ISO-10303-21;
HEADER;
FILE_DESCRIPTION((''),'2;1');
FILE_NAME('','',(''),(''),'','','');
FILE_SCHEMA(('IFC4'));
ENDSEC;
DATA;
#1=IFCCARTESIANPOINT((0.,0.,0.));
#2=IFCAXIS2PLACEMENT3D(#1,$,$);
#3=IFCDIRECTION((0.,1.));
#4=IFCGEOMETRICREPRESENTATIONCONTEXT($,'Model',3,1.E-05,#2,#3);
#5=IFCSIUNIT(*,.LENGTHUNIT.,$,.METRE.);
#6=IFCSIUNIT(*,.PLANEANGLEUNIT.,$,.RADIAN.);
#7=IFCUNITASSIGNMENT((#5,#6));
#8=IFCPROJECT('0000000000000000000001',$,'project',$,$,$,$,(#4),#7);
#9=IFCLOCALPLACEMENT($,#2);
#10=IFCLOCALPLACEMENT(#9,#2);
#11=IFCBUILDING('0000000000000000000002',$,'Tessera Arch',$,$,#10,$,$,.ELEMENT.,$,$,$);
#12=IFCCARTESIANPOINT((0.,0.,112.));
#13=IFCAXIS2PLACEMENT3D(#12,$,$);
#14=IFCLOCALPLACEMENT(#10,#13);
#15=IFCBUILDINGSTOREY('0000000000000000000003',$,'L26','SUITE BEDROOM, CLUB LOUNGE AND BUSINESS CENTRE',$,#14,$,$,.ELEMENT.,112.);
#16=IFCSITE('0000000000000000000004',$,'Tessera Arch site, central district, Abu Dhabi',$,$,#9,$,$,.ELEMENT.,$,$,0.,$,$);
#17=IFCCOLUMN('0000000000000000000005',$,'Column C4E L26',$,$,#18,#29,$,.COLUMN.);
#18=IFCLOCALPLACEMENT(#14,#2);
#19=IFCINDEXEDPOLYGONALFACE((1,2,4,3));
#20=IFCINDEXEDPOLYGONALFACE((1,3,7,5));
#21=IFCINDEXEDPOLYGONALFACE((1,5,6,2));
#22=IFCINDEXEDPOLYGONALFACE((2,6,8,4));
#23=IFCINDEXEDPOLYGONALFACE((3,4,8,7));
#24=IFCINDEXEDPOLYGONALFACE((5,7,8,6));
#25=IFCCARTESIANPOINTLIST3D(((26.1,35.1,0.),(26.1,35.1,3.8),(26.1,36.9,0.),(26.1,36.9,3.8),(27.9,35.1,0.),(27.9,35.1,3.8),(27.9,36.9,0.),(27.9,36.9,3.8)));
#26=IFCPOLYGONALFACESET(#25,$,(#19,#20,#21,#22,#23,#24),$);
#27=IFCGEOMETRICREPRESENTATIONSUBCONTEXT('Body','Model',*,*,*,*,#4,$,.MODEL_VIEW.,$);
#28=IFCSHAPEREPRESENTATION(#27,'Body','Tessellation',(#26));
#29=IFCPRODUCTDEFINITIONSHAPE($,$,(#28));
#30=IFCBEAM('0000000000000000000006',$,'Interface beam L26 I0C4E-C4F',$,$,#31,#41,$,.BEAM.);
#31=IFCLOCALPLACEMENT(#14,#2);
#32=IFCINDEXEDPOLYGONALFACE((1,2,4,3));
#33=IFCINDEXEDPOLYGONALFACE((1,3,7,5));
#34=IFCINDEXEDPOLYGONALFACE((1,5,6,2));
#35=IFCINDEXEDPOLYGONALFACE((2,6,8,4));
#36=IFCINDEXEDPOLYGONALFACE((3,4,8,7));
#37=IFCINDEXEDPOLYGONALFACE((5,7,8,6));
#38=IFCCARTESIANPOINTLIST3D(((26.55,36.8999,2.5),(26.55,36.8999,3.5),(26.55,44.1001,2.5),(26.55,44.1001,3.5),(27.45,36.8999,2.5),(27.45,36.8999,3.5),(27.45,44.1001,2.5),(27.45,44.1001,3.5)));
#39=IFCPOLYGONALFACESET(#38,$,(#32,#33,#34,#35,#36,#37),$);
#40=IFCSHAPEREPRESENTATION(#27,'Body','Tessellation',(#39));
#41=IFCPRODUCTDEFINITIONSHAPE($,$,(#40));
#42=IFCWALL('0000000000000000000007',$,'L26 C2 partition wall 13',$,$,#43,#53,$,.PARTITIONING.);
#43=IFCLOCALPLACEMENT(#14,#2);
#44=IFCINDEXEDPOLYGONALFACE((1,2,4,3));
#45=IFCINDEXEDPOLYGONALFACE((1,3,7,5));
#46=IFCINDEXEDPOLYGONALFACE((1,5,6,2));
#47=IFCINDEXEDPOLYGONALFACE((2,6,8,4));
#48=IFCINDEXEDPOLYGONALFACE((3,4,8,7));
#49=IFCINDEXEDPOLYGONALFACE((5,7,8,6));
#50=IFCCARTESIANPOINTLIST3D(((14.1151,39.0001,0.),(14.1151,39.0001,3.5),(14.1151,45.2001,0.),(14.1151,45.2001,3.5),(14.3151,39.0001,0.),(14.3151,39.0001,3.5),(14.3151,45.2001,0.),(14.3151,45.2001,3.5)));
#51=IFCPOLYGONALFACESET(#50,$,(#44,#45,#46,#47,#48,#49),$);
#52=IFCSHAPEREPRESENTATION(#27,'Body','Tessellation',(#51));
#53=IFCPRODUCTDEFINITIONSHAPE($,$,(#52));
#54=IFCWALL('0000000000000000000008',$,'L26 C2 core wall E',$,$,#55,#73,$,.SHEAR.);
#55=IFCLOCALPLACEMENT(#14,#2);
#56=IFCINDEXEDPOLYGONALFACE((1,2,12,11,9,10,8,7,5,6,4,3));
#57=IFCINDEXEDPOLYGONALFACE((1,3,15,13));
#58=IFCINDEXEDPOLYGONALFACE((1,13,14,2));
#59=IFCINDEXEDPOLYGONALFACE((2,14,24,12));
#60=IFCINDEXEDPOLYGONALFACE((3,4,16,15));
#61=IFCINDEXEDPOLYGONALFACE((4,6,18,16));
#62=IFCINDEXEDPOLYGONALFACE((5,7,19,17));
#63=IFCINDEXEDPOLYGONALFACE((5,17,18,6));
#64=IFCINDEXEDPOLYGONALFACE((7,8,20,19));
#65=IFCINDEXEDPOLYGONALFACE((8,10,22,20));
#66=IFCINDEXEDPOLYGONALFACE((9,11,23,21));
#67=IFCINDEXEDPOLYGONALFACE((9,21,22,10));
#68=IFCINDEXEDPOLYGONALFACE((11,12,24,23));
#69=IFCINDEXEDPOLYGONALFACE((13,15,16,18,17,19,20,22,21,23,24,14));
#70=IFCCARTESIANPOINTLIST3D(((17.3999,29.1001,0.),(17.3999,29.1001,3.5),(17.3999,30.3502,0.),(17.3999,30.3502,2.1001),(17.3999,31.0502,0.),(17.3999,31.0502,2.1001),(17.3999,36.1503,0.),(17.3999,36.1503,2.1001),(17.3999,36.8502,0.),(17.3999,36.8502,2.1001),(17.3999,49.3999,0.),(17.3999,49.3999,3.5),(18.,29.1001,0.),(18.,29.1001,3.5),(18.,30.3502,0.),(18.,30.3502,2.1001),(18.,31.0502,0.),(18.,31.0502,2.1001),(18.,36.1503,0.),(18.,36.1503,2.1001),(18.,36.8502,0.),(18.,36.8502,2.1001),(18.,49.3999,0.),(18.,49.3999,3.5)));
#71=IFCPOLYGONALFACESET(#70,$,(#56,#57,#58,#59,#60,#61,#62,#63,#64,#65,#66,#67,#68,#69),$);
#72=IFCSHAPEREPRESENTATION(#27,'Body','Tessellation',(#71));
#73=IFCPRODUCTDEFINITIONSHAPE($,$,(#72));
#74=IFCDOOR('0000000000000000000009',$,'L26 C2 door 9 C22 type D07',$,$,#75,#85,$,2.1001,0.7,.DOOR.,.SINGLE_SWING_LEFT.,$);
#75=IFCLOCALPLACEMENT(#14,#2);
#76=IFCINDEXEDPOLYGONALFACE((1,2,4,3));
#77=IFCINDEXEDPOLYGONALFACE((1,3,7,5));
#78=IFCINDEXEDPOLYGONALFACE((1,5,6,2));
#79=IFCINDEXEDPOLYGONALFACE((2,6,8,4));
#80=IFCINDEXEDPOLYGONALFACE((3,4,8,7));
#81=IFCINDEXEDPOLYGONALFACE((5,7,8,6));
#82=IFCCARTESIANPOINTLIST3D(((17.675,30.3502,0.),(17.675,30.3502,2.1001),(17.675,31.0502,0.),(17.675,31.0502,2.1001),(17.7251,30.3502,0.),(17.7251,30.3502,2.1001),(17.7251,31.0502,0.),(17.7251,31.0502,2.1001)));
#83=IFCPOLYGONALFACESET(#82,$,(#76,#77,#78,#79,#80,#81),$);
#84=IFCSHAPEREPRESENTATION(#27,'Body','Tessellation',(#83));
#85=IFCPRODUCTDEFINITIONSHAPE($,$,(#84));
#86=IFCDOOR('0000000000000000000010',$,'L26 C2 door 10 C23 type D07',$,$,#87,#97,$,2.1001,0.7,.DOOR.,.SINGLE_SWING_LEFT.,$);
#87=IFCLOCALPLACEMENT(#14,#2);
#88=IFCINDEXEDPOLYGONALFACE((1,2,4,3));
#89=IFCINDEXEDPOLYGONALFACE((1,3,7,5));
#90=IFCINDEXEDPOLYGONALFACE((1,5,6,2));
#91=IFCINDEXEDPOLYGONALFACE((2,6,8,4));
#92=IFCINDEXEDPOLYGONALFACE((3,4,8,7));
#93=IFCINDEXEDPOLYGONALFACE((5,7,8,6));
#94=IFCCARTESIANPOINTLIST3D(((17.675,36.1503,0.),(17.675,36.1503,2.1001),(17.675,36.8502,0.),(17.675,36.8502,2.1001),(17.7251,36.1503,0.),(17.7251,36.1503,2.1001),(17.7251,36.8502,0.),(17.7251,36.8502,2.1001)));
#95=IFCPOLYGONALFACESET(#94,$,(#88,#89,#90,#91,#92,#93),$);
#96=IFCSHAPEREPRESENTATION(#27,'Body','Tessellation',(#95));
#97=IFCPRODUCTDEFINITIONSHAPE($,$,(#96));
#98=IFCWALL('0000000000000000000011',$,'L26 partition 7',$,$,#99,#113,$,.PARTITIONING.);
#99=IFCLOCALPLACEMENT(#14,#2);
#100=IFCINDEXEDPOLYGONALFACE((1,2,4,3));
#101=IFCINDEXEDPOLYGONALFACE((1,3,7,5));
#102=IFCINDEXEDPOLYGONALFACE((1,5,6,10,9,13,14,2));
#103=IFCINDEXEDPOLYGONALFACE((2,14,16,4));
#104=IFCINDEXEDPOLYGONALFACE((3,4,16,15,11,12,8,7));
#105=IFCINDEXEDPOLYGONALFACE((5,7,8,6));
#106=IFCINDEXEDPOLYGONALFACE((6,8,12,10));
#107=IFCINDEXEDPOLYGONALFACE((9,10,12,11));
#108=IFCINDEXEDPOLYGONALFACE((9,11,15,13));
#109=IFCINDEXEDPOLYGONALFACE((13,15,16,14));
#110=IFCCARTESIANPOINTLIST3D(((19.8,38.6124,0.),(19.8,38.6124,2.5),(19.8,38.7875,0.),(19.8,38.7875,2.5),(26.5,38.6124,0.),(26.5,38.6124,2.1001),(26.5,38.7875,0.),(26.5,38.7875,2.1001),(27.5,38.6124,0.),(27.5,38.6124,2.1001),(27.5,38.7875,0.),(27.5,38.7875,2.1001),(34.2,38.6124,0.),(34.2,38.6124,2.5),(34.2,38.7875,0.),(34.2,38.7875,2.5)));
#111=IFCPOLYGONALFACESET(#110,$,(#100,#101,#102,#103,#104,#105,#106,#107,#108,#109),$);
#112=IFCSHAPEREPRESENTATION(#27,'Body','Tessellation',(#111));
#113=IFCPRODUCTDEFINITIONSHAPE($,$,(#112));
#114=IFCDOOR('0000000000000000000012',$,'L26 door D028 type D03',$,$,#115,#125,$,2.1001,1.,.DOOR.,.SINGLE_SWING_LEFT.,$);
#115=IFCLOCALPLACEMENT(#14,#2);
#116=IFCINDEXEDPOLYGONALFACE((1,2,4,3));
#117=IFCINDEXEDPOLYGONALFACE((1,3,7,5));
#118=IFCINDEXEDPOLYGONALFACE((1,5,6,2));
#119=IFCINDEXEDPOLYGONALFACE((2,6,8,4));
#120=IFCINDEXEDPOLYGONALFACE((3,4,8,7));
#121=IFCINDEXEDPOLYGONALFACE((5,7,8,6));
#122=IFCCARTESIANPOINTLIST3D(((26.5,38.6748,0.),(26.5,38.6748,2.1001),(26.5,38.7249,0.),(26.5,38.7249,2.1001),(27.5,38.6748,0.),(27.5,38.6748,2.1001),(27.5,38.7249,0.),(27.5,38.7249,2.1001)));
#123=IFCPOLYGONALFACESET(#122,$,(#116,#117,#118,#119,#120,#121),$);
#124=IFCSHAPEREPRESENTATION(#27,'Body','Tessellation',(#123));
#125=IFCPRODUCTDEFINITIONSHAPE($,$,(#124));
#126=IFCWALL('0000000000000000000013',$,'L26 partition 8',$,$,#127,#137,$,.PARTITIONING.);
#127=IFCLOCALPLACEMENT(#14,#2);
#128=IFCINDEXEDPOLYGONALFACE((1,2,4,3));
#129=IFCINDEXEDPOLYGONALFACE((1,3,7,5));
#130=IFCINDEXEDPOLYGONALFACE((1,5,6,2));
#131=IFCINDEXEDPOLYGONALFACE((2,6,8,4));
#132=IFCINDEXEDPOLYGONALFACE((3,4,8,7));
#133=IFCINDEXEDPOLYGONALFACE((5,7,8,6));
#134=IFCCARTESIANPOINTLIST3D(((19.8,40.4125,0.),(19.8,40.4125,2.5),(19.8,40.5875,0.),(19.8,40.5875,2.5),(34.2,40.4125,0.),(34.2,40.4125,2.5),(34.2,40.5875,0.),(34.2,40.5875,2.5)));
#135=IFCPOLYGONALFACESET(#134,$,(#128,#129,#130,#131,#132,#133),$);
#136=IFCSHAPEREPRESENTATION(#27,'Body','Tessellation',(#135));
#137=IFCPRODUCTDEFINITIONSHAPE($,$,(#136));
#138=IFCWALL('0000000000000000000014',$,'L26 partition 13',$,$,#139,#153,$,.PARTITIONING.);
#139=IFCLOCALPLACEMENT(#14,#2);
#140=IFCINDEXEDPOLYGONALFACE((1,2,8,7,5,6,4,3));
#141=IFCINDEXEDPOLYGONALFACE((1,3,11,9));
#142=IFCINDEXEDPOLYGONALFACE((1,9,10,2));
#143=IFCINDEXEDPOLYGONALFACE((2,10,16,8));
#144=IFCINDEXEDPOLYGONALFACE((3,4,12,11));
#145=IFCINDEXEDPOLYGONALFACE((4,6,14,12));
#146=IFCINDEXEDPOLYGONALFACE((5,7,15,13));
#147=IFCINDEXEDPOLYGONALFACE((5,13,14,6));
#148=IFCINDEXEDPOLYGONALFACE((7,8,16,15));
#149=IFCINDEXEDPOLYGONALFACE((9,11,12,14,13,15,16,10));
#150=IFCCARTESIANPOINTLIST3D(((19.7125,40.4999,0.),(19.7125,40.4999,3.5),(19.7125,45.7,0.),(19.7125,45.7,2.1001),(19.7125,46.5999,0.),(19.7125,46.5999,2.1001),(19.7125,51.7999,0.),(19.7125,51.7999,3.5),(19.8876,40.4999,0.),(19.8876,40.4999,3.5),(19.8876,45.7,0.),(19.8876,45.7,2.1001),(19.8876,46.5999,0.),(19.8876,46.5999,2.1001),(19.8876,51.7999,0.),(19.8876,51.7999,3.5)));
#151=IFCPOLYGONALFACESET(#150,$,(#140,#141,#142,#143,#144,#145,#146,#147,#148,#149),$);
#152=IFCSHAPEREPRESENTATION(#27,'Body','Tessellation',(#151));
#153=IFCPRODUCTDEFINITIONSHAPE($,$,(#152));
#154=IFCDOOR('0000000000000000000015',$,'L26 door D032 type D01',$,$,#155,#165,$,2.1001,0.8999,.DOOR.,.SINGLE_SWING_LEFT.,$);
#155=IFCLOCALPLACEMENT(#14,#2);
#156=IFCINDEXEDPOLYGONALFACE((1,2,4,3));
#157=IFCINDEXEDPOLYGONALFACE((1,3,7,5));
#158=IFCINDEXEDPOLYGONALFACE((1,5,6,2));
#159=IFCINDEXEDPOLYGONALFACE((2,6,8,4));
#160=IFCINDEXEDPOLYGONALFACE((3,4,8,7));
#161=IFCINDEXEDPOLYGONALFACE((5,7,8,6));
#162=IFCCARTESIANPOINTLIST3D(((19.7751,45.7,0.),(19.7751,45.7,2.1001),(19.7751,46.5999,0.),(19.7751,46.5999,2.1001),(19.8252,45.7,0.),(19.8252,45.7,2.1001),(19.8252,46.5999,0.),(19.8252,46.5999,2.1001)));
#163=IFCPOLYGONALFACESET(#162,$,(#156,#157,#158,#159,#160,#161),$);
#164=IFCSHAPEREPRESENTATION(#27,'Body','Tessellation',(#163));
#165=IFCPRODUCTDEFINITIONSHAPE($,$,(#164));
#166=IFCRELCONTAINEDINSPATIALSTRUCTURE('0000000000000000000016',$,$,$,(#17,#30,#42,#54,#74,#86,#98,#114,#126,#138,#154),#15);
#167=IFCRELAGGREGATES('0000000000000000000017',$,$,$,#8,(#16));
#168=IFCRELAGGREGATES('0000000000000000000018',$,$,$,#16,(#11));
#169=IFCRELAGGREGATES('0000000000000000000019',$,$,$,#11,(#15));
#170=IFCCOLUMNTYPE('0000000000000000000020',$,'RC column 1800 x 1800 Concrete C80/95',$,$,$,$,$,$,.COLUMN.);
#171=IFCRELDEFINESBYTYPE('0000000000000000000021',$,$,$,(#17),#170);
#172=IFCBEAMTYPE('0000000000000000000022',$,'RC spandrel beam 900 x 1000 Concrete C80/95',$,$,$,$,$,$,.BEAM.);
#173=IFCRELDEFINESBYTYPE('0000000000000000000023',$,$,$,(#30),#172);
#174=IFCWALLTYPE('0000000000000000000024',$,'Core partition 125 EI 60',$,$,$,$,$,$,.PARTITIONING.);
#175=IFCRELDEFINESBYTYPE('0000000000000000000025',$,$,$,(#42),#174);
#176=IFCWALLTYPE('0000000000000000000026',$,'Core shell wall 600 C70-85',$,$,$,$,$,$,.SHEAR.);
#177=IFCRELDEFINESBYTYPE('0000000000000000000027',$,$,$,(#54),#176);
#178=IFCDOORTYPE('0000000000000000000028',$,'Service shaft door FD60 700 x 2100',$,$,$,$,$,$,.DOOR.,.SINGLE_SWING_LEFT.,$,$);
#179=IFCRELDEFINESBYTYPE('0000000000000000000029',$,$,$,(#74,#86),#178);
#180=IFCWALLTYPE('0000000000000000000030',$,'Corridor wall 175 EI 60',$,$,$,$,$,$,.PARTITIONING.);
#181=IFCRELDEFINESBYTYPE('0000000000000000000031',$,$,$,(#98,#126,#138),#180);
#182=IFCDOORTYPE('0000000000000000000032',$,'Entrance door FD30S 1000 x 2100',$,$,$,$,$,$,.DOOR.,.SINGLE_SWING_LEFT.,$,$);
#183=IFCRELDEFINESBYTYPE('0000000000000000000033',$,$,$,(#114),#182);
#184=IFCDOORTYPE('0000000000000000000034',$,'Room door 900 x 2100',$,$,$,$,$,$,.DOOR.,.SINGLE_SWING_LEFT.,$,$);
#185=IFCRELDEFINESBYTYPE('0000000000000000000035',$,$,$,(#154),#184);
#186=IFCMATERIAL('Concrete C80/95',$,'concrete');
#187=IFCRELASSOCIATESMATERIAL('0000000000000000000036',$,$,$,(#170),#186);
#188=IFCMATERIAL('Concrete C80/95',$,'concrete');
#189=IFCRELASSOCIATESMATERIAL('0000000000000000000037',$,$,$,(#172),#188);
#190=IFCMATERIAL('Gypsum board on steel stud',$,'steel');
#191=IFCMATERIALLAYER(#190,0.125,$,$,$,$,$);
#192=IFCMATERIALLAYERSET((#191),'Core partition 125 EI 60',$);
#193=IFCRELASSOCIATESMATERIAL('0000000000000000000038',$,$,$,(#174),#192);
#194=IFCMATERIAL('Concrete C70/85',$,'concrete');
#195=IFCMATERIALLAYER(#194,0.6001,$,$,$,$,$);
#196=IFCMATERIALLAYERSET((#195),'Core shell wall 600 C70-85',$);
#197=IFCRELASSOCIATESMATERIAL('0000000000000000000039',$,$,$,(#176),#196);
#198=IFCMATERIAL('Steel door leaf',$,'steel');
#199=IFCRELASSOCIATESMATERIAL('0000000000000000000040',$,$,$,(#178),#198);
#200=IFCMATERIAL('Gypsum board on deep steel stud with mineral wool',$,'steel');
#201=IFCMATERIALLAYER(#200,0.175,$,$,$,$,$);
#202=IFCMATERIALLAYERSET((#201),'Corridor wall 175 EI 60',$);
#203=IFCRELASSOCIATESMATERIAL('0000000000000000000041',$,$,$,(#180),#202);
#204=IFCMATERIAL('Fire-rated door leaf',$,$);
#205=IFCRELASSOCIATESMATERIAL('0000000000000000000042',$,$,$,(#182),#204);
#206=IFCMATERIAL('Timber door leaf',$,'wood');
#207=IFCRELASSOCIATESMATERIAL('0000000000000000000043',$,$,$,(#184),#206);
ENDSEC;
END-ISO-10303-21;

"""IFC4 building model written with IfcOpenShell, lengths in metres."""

from ifc_helpers import new_model, si_unit, direction, frame, frame_2d, origin, origin_2d, place, context, subcontext, project, spatial, rectangle, extrude, material, layer, layer_set, material_profile, profile_set, type_object, element, fill, save


model = new_model("IFC4")

# Units and contexts
model_context = context("Model", 3, precision=1e-05, world=origin(), true_north=direction((0.0, 1.0)))
body_context = subcontext(model_context, "Body", "Model", "MODEL_VIEW")
ifc_project = project(units=[si_unit("LENGTHUNIT", "METRE"), si_unit("PLANEANGLEUNIT", "RADIAN")], contexts=[model_context])

# Site, building, storey
site_placement = place(None, origin())
site = spatial("IfcSite", under=ifc_project, at=site_placement, Name="Tessera Arch site, central district, Abu Dhabi", CompositionType="ELEMENT", RefElevation=0.0)
building_placement = place(site_placement, origin())
building = spatial("IfcBuilding", under=site, at=building_placement, Name="Tessera Arch", CompositionType="ELEMENT")
storey_placement = place(building_placement, frame((0.0, 0.0, 112.0)))
storey = spatial("IfcBuildingStorey", under=building, at=storey_placement, Name="L26", Description="SUITE BEDROOM, CLUB LOUNGE AND BUSINESS CENTRE", CompositionType="ELEMENT", Elevation=112.0)

# Column
ifc_material_1 = material(Name="Concrete C80/95", Category="concrete")
ifc_material_profile_1 = material_profile(ifc_material_1, rectangle(XDim=1.8, YDim=1.8, at=origin_2d()), Name="RC column 1800 x 1800 Concrete C80/95")
ifc_profile_set_1 = profile_set([ifc_material_profile_1], Name="Concrete C80/95")
column_type = type_object("IfcColumnType", Name="RC column 1800 x 1800 Concrete C80/95", PredefinedType="COLUMN", material=ifc_profile_set_1)
column_placement = place(storey_placement, frame((27.0, 36.0, 0.0), z_axis=(0.0, 0.0, 1.0), x_axis=(1.0, 0.0, 0.0)))
element("IfcColumn", 1, at=column_placement, inside=storey, type_object=column_type, Name="Column C4E L26", PredefinedType="COLUMN", context=body_context, shape_type="SweptSolid", body=[
    extrude(rectangle(XDim=1.8, YDim=1.8, at=origin_2d()), origin(), (0.0, 0.0, 1.0), 3.8),
])

# Beam
ifc_material_2 = material(Name="Concrete C80/95", Category="concrete")
ifc_material_profile_2 = material_profile(ifc_material_2, rectangle(XDim=0.8999, YDim=1.0, at=origin_2d()), Name="RC spandrel beam 900 x 1000 Concrete C80/95")
ifc_profile_set_2 = profile_set([ifc_material_profile_2], Name="Concrete C80/95")
beam_type = type_object("IfcBeamType", Name="RC spandrel beam 900 x 1000 Concrete C80/95", PredefinedType="BEAM", material=ifc_profile_set_2)
beam_placement = place(storey_placement, frame((27.0, 36.8999, 3.0), z_axis=(0.0, 1.0, 0.0), x_axis=(-1.0, 0.0, 0.0)))
element("IfcBeam", 2, at=beam_placement, inside=storey, type_object=beam_type, Name="Interface beam L26 I0C4E-C4F", PredefinedType="BEAM", context=body_context, shape_type="SweptSolid", body=[
    extrude(rectangle(XDim=0.8999, YDim=1.0, at=origin_2d()), origin(), (0.0, 0.0, 1.0), 7.2002),
])

# Wall
ifc_material_3 = material(Name="Gypsum board on steel stud", Category="steel")
ifc_layer_1 = layer(ifc_material_3, 0.125)
ifc_layer_set_1 = layer_set([ifc_layer_1], Name="Core partition 125 EI 60")
wall_type_1 = type_object("IfcWallType", Name="Core partition 125 EI 60", PredefinedType="PARTITIONING", material=ifc_layer_set_1)
wall_1_placement = place(storey_placement, frame((14.2151, 39.0, 0.0), z_axis=(0.0, 0.0, 1.0), x_axis=(0.0, 1.0, 0.0)))
element("IfcWall", 3, at=wall_1_placement, inside=storey, type_object=wall_type_1, Name="L26 C2 partition wall 13", PredefinedType="PARTITIONING", context=body_context, shape_type="SweptSolid", body=[
    extrude(rectangle(XDim=6.2, YDim=0.2, at=frame_2d((3.1001, 0.0))), origin(), (0.0, 0.0, 1.0), 3.5),
])

# Wall, openings, doors
ifc_material_4 = material(Name="Concrete C70/85", Category="concrete")
ifc_layer_2 = layer(ifc_material_4, 0.6001)
ifc_layer_set_2 = layer_set([ifc_layer_2], Name="Core shell wall 600 C70-85")
wall_type_2 = type_object("IfcWallType", Name="Core shell wall 600 C70-85", PredefinedType="SHEAR", material=ifc_layer_set_2)
wall_2_placement = place(storey_placement, frame((17.7, 29.1001, 0.0), z_axis=(0.0, 0.0, 1.0), x_axis=(0.0, 1.0, 0.0)))
wall_2 = element("IfcWall", 4, at=wall_2_placement, inside=storey, type_object=wall_type_2, Name="L26 C2 core wall E", PredefinedType="SHEAR", context=body_context, shape_type="SweptSolid", body=[
    extrude(rectangle(XDim=20.2998, YDim=0.6001, at=frame_2d((10.1499, 0.0))), origin(), (0.0, 0.0, 1.0), 3.5),
])
opening_1_placement = place(wall_2_placement, frame((1.25, 0.0, 0.0)))
opening_1 = element("IfcOpeningElement", 5, at=opening_1_placement, cuts=wall_2, PredefinedType="OPENING", context=body_context, shape_type="SweptSolid", body=[
    extrude(rectangle(XDim=0.7, YDim=2.1001, at=frame_2d((0.3501, 1.05))), frame((0.0, 0.3101, 0.0), z_axis=(0.0, -1.0, 0.0), x_axis=(1.0, 0.0, 0.0)), (0.0, 0.0, 1.0), 0.6201),
])
opening_2_placement = place(wall_2_placement, frame((7.05, 0.0, 0.0)))
opening_2 = element("IfcOpeningElement", 6, at=opening_2_placement, cuts=wall_2, PredefinedType="OPENING", context=body_context, shape_type="SweptSolid", body=[
    extrude(rectangle(XDim=0.7, YDim=2.1001, at=frame_2d((0.3501, 1.05))), frame((0.0, 0.3101, 0.0), z_axis=(0.0, -1.0, 0.0), x_axis=(1.0, 0.0, 0.0)), (0.0, 0.0, 1.0), 0.6201),
])
ifc_material_5 = material(Name="Steel door leaf", Category="steel")
door_type_1 = type_object("IfcDoorType", Name="Service shaft door FD60 700 x 2100", OperationType="SINGLE_SWING_LEFT", PredefinedType="DOOR", material=ifc_material_5)
door_1_placement = place(opening_1_placement, origin())
door_1 = element("IfcDoor", 7, at=door_1_placement, inside=storey, type_object=door_type_1, Name="L26 C2 door 9 C22 type D07", OperationType="SINGLE_SWING_LEFT", OverallHeight=2.1001, OverallWidth=0.7, PredefinedType="DOOR", context=body_context, shape_type="SweptSolid", body=[
    extrude(rectangle(XDim=0.7, YDim=2.1001, at=frame_2d((0.3501, 1.05))), frame((0.0, 0.0249, 0.0), z_axis=(0.0, -1.0, 0.0), x_axis=(1.0, 0.0, 0.0)), (0.0, 0.0, 1.0), 0.05),
])
fill(opening_1, door_1)
door_2_placement = place(opening_2_placement, origin())
door_2 = element("IfcDoor", 8, at=door_2_placement, inside=storey, type_object=door_type_1, Name="L26 C2 door 10 C23 type D07", OperationType="SINGLE_SWING_LEFT", OverallHeight=2.1001, OverallWidth=0.7, PredefinedType="DOOR", context=body_context, shape_type="SweptSolid", body=[
    extrude(rectangle(XDim=0.7, YDim=2.1001, at=frame_2d((0.3501, 1.05))), frame((0.0, 0.0249, 0.0), z_axis=(0.0, -1.0, 0.0), x_axis=(1.0, 0.0, 0.0)), (0.0, 0.0, 1.0), 0.05),
])
fill(opening_2, door_2)

# Wall, opening, door
ifc_material_6 = material(Name="Gypsum board on deep steel stud with mineral wool", Category="steel")
ifc_layer_3 = layer(ifc_material_6, 0.175)
ifc_layer_set_3 = layer_set([ifc_layer_3], Name="Corridor wall 175 EI 60")
wall_type_3 = type_object("IfcWallType", Name="Corridor wall 175 EI 60", PredefinedType="PARTITIONING", material=ifc_layer_set_3)
wall_3_placement = place(storey_placement, frame((19.8, 38.7, 0.0), z_axis=(0.0, 0.0, 1.0), x_axis=(1.0, 0.0, 0.0)))
wall_3 = element("IfcWall", 9, at=wall_3_placement, inside=storey, type_object=wall_type_3, Name="L26 partition 7", PredefinedType="PARTITIONING", context=body_context, shape_type="SweptSolid", body=[
    extrude(rectangle(XDim=14.3999, YDim=0.175, at=frame_2d((7.2, 0.0))), origin(), (0.0, 0.0, 1.0), 2.5),
])
opening_3_placement = place(wall_3_placement, frame((6.7, 0.0, 0.0)))
opening_3 = element("IfcOpeningElement", 10, at=opening_3_placement, cuts=wall_3, PredefinedType="OPENING", context=body_context, shape_type="SweptSolid", body=[
    extrude(rectangle(XDim=1.0, YDim=2.1001, at=frame_2d((0.5, 1.05))), frame((0.0, 0.0974, 0.0), z_axis=(0.0, -1.0, 0.0), x_axis=(1.0, 0.0, 0.0)), (0.0, 0.0, 1.0), 0.1951),
])
ifc_material_7 = material(Name="Fire-rated door leaf")
door_type_2 = type_object("IfcDoorType", Name="Entrance door FD30S 1000 x 2100", OperationType="SINGLE_SWING_LEFT", PredefinedType="DOOR", material=ifc_material_7)
door_3_placement = place(opening_3_placement, origin())
door_3 = element("IfcDoor", 11, at=door_3_placement, inside=storey, type_object=door_type_2, Name="L26 door D028 type D03", OperationType="SINGLE_SWING_LEFT", OverallHeight=2.1001, OverallWidth=1.0, PredefinedType="DOOR", context=body_context, shape_type="SweptSolid", body=[
    extrude(rectangle(XDim=1.0, YDim=2.1001, at=frame_2d((0.5, 1.05))), frame((0.0, 0.0249, 0.0), z_axis=(0.0, -1.0, 0.0), x_axis=(1.0, 0.0, 0.0)), (0.0, 0.0, 1.0), 0.05),
])
fill(opening_3, door_3)

# Wall
wall_4_placement = place(storey_placement, frame((19.8, 40.5, 0.0), z_axis=(0.0, 0.0, 1.0), x_axis=(1.0, 0.0, 0.0)))
element("IfcWall", 12, at=wall_4_placement, inside=storey, type_object=wall_type_3, Name="L26 partition 8", PredefinedType="PARTITIONING", context=body_context, shape_type="SweptSolid", body=[
    extrude(rectangle(XDim=14.3999, YDim=0.175, at=frame_2d((7.2, 0.0))), origin(), (0.0, 0.0, 1.0), 2.5),
])

# Wall, opening, door
wall_5_placement = place(storey_placement, frame((19.8, 40.5, 0.0), z_axis=(0.0, 0.0, 1.0), x_axis=(0.0, 1.0, 0.0)))
wall_5 = element("IfcWall", 13, at=wall_5_placement, inside=storey, type_object=wall_type_3, Name="L26 partition 13", PredefinedType="PARTITIONING", context=body_context, shape_type="SweptSolid", body=[
    extrude(rectangle(XDim=11.3, YDim=0.175, at=frame_2d((5.6499, 0.0))), origin(), (0.0, 0.0, 1.0), 3.5),
])
opening_4_placement = place(wall_5_placement, frame((5.2, 0.0, 0.0)))
opening_4 = element("IfcOpeningElement", 14, at=opening_4_placement, cuts=wall_5, PredefinedType="OPENING", context=body_context, shape_type="SweptSolid", body=[
    extrude(rectangle(XDim=0.8999, YDim=2.1001, at=frame_2d((0.45, 1.05))), frame((0.0, 0.0974, 0.0), z_axis=(0.0, -1.0, 0.0), x_axis=(1.0, 0.0, 0.0)), (0.0, 0.0, 1.0), 0.1951),
])
ifc_material_8 = material(Name="Timber door leaf", Category="wood")
door_type_3 = type_object("IfcDoorType", Name="Room door 900 x 2100", OperationType="SINGLE_SWING_LEFT", PredefinedType="DOOR", material=ifc_material_8)
door_4_placement = place(opening_4_placement, origin())
door_4 = element("IfcDoor", 15, at=door_4_placement, inside=storey, type_object=door_type_3, Name="L26 door D032 type D01", OperationType="SINGLE_SWING_LEFT", OverallHeight=2.1001, OverallWidth=0.8999, PredefinedType="DOOR", context=body_context, shape_type="SweptSolid", body=[
    extrude(rectangle(XDim=0.8999, YDim=2.1001, at=frame_2d((0.45, 1.05))), frame((0.0, 0.0249, 0.0), z_axis=(0.0, -1.0, 0.0), x_axis=(1.0, 0.0, 0.0)), (0.0, 0.0, 1.0), 0.05),
])
fill(opening_4, door_4)

save(model, "model.ifc")
